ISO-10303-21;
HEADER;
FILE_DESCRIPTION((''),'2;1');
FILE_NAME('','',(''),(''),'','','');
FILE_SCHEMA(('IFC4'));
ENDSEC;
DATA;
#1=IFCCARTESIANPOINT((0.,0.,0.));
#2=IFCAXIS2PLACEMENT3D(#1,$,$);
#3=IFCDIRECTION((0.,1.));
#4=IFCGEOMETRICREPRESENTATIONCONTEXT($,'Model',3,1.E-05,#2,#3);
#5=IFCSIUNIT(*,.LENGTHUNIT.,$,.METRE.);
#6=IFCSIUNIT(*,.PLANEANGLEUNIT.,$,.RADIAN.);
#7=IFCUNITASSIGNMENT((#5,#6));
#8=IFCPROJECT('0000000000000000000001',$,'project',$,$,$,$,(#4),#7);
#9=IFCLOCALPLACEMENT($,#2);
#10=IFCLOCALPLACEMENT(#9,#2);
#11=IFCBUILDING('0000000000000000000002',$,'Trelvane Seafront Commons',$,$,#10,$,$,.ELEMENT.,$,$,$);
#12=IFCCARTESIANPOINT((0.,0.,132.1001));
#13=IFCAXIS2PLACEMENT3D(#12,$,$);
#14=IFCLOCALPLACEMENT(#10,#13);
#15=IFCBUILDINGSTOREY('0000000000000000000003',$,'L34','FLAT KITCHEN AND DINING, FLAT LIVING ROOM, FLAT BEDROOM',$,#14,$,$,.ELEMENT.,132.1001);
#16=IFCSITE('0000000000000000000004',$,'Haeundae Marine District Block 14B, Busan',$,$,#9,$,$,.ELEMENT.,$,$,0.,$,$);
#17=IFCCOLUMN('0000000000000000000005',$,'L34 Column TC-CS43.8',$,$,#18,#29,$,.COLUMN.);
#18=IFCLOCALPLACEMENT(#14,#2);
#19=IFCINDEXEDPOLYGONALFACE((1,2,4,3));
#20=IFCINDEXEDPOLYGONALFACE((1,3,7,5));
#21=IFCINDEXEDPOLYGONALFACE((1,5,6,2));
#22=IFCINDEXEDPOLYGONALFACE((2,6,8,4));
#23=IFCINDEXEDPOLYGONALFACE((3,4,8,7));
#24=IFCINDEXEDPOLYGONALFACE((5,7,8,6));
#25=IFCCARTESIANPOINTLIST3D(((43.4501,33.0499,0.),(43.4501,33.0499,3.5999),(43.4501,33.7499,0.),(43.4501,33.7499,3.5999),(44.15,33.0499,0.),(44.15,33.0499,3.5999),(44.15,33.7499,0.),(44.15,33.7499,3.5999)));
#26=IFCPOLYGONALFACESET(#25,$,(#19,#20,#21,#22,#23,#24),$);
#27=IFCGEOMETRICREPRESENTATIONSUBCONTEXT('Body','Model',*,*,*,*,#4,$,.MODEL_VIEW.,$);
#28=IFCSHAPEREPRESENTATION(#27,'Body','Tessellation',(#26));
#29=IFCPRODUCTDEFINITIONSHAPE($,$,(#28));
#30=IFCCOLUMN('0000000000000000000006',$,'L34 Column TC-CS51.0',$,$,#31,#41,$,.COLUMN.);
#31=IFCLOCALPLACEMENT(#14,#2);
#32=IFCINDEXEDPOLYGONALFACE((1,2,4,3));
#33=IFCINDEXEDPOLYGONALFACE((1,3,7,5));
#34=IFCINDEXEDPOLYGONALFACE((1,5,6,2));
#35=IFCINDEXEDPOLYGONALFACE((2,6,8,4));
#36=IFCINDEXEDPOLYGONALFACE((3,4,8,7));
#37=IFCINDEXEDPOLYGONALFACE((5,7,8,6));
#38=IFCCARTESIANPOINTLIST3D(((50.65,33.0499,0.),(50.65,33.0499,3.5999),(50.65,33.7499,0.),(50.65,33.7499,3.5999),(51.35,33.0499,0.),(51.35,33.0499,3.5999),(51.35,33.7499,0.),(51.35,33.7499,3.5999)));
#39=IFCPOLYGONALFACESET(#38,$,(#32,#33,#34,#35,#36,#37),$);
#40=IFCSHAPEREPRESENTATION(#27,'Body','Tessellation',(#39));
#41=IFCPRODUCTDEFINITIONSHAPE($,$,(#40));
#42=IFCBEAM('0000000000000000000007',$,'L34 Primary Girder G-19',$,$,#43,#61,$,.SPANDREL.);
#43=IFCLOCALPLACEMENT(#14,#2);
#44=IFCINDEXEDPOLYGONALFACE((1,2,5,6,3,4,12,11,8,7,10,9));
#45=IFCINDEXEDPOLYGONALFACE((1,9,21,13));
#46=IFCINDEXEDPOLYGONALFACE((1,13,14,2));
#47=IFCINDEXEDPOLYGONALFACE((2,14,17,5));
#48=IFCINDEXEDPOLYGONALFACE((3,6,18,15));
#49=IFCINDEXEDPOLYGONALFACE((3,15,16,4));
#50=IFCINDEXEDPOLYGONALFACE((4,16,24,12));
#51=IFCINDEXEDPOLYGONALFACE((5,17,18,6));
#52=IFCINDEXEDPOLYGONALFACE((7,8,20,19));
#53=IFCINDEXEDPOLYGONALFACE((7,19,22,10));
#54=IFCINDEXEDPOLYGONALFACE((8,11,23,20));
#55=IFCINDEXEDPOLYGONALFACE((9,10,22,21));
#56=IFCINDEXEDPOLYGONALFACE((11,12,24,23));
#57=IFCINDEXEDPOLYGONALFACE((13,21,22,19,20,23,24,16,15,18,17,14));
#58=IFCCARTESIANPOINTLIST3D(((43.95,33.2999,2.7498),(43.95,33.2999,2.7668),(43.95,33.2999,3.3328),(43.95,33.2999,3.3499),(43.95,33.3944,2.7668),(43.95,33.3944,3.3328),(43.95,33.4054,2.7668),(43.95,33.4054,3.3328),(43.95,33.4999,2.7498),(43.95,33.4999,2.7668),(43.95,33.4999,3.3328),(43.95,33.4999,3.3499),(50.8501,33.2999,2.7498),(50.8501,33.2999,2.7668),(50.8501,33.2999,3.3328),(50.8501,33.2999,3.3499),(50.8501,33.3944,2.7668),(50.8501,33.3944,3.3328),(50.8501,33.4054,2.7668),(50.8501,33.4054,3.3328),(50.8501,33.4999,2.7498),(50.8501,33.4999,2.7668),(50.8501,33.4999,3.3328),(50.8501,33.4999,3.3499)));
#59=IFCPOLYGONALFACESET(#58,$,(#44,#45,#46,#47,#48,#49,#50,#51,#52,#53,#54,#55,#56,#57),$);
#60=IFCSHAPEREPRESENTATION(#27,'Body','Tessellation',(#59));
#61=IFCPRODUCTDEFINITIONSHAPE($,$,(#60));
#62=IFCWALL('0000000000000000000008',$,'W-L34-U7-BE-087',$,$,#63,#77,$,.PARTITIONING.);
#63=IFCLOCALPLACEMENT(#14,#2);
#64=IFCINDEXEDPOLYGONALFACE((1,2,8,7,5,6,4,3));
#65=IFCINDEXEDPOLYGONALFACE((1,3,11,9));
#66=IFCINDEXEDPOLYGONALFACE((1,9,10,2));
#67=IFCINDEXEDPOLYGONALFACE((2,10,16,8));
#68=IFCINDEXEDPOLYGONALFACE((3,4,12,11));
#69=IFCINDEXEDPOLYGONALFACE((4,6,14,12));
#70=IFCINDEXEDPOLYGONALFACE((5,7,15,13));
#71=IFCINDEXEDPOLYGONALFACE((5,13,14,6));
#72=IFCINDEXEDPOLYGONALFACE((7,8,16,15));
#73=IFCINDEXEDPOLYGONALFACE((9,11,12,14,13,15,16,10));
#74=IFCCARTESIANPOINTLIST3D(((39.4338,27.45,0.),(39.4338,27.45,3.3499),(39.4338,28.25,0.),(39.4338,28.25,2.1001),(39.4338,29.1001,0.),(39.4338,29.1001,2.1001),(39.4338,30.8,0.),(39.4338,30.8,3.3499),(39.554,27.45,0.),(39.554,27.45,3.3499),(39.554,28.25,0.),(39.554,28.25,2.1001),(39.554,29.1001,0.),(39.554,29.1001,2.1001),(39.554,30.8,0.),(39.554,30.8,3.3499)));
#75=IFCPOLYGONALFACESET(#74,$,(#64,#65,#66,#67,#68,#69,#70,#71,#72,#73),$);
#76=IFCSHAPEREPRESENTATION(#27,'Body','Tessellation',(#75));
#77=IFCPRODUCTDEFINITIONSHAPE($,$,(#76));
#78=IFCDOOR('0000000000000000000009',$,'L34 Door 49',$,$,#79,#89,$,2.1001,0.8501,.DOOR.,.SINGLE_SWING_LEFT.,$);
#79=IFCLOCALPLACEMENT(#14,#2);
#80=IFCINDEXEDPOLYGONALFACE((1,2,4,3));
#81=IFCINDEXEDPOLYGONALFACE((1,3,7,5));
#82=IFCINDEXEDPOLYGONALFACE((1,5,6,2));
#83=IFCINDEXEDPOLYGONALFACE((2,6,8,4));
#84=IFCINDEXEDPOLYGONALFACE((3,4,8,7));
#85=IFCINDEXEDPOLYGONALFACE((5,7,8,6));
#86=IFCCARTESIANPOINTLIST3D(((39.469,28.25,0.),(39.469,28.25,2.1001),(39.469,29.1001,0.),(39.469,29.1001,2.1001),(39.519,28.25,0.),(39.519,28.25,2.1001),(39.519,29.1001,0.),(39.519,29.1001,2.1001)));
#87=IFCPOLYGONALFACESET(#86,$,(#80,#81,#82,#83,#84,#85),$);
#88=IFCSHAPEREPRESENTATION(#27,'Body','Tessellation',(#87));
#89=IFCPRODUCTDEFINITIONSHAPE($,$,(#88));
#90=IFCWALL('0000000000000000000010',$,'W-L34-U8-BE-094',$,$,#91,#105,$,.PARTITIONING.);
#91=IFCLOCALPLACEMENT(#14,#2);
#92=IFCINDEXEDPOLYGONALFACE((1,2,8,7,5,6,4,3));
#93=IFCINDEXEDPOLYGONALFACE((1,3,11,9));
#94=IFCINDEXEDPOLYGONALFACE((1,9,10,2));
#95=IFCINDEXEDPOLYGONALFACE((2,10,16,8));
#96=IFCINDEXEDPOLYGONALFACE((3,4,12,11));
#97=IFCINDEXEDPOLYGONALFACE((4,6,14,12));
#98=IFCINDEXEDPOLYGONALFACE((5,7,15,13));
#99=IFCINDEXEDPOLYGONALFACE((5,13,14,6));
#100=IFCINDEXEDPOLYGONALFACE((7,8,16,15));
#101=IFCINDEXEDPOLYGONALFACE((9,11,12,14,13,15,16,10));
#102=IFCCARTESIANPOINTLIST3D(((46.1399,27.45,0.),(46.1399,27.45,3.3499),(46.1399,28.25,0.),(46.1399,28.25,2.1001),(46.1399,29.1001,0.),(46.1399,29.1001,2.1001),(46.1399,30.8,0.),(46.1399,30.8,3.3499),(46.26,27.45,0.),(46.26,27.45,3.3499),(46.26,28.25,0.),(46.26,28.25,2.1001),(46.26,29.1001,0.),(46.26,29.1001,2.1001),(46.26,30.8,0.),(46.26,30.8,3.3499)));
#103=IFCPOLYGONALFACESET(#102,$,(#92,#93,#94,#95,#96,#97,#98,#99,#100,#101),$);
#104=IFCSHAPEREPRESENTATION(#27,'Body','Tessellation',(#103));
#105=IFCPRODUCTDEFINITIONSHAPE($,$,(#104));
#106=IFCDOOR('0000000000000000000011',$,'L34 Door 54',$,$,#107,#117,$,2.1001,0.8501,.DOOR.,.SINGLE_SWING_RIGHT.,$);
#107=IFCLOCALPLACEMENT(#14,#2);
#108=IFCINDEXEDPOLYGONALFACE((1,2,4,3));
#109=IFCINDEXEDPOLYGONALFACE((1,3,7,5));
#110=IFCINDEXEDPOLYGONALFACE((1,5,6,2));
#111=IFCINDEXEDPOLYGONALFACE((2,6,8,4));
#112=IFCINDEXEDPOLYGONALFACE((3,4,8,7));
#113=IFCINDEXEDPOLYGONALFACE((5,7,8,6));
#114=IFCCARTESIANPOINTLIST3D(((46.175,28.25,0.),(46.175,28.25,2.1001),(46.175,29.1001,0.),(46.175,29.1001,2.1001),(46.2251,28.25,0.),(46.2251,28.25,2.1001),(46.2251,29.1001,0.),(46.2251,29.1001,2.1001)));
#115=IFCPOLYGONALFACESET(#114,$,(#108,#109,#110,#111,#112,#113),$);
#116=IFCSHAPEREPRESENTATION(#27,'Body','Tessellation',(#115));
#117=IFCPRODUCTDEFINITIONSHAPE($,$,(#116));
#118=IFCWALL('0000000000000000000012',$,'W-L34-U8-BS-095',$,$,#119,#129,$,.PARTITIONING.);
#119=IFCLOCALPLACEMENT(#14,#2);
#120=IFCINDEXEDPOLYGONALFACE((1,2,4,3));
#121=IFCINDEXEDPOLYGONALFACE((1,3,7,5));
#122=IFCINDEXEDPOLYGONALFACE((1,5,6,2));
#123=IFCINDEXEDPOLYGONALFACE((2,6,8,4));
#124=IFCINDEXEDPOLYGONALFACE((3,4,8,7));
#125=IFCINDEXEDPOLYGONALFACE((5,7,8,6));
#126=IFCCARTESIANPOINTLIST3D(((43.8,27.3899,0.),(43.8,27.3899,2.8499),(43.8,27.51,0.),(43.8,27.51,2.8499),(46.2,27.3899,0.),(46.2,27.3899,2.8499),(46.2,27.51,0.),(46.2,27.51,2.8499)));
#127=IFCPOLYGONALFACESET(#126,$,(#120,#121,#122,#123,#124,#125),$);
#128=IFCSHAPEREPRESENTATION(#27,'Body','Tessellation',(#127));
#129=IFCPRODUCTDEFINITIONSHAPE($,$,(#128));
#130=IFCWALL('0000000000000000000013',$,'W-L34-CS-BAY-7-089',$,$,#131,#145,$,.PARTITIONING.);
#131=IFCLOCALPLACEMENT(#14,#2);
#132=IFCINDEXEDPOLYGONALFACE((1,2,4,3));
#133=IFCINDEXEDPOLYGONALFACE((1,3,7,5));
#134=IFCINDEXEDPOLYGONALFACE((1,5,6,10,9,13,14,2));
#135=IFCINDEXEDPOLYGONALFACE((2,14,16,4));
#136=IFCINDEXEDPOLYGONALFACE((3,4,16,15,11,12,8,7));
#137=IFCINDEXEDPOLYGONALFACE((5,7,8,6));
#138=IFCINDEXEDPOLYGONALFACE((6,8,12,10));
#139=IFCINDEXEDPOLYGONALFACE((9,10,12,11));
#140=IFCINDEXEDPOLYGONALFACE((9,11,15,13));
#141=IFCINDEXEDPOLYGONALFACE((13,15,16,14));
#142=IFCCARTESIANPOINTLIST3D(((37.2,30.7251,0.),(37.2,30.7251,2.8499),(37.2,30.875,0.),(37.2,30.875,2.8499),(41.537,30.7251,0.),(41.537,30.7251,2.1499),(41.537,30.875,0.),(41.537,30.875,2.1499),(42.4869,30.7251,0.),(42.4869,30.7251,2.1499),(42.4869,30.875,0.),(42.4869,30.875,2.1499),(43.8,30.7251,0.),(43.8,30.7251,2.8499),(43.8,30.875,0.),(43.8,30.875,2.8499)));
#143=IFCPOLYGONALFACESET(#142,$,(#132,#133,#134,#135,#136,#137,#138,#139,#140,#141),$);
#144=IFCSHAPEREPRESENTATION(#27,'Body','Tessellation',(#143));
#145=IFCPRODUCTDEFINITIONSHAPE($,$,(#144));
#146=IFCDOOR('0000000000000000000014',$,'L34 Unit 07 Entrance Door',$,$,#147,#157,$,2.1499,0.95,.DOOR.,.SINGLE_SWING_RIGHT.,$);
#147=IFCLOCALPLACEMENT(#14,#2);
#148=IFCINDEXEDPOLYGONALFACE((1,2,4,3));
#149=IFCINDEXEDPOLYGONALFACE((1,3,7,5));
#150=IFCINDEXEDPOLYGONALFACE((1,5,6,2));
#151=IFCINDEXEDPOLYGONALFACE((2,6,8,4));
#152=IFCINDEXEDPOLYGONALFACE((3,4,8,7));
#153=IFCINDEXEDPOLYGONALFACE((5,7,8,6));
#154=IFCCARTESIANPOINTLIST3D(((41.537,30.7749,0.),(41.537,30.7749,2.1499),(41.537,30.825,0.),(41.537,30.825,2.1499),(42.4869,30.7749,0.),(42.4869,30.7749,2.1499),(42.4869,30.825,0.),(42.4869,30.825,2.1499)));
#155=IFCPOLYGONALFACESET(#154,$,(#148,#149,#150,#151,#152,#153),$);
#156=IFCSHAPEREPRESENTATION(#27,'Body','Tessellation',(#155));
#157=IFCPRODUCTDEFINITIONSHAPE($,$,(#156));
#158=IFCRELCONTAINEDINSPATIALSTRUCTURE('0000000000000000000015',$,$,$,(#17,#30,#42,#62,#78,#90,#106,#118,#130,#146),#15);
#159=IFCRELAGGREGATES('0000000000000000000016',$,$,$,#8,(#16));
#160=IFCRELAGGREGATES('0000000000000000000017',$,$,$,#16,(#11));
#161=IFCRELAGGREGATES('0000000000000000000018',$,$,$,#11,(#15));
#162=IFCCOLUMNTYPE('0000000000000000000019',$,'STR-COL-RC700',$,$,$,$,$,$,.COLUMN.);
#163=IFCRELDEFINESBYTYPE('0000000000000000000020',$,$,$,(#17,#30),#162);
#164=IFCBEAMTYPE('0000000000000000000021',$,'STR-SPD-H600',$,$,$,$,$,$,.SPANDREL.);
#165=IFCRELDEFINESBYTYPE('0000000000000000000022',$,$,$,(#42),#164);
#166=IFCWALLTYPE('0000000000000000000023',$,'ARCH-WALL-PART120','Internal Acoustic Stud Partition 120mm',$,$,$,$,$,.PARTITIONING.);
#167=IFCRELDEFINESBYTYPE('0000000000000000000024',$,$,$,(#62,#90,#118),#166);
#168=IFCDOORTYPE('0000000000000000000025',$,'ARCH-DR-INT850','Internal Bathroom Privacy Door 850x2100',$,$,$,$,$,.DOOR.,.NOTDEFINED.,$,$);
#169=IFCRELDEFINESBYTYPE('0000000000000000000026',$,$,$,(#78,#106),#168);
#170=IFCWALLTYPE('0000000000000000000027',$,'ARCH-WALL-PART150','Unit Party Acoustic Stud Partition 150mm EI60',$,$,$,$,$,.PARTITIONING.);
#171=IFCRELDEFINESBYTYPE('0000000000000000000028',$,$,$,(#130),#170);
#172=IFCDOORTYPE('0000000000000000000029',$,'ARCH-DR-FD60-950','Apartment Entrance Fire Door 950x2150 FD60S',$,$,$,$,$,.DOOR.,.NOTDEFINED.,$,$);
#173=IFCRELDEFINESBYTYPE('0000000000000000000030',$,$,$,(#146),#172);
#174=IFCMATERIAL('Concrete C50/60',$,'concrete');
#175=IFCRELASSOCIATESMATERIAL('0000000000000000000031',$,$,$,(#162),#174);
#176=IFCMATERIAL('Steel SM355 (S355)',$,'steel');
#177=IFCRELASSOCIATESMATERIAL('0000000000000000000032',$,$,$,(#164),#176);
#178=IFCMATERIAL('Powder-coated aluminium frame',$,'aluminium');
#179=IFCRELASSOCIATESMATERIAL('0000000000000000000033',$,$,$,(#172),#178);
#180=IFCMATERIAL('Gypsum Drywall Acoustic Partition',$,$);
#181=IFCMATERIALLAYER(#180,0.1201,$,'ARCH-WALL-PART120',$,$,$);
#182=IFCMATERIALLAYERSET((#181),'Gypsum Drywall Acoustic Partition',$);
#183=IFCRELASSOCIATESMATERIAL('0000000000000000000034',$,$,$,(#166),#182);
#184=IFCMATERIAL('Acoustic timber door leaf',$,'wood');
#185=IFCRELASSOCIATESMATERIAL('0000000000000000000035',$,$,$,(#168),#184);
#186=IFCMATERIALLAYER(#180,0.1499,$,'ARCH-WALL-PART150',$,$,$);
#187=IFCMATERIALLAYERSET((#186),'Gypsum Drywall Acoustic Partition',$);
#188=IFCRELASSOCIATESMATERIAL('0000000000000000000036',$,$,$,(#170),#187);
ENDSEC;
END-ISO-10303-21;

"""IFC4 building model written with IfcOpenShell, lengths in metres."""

from ifc_helpers import new_model, si_unit, direction, frame, frame_2d, origin, origin_2d, place, context, subcontext, project, spatial, rectangle, i_section, extrude, source, transform, mapped, material, layer, layer_set, material_profile, profile_set, type_object, element, fill, save


model = new_model("IFC4")

# Units and contexts
model_context = context("Model", 3, precision=1e-05, world=origin(), true_north=direction((0.0, 1.0)))
body_context = subcontext(model_context, "Body", "Model", "MODEL_VIEW")
ifc_project = project(units=[si_unit("LENGTHUNIT", "METRE"), si_unit("PLANEANGLEUNIT", "RADIAN")], contexts=[model_context])

# Site, building, storey
site_placement = place(None, origin())
site = spatial("IfcSite", under=ifc_project, at=site_placement, Name="Haeundae Marine District Block 14B, Busan", CompositionType="ELEMENT", RefElevation=0.0)
building_placement = place(site_placement, origin())
building = spatial("IfcBuilding", under=site, at=building_placement, Name="Trelvane Seafront Commons", CompositionType="ELEMENT")
storey_placement = place(building_placement, frame((0.0, 0.0, 132.1001)))
storey = spatial("IfcBuildingStorey", under=building, at=storey_placement, Name="L34", Description="FLAT KITCHEN AND DINING, FLAT LIVING ROOM, FLAT BEDROOM", CompositionType="ELEMENT", Elevation=132.1001)

# Columns
ifc_material_1 = material(Name="Concrete C50/60", Category="concrete")
ifc_material_profile_1 = material_profile(ifc_material_1, rectangle(XDim=0.7, YDim=0.7, at=origin_2d()), Name="RC-700x700")
ifc_profile_set_1 = profile_set([ifc_material_profile_1], Name="Concrete C50/60")
column_type = type_object("IfcColumnType", Name="STR-COL-RC700", PredefinedType="COLUMN", material=ifc_profile_set_1)
shared_shape_1 = source(origin(), body_context, "Body", "SweptSolid", [
    extrude(rectangle(XDim=0.7, YDim=0.7, at=origin_2d()), origin(), (0.0, 0.0, 1.0), 3.5999),
])
for number, where, z_axis, x_axis, name in (
    (1, (43.8, 33.3999, 0.0), (0.0, 0.0, 1.0), (1.0, 0.0, 0.0), "L34 Column TC-CS43.8"),
    (2, (51.0, 33.3999, 0.0), (0.0, 0.0, 1.0), (1.0, 0.0, 0.0), "L34 Column TC-CS51.0"),
):
    element("IfcColumn", number, at=place(storey_placement, frame(where, z_axis=z_axis, x_axis=x_axis)), inside=storey, type_object=column_type, Name=name, PredefinedType="COLUMN", context=body_context, shape_type="MappedRepresentation", body=[
        mapped(shared_shape_1, transform((0.0, 0.0, 0.0), x_axis=(1.0, 0.0, 0.0), y_axis=(0.0, 1.0, 0.0), z_axis=(0.0, 0.0, 1.0), scale=1.0)),
    ])

# Beam
ifc_material_2 = material(Name="Steel SM355 (S355)", Category="steel")
ifc_material_profile_2 = material_profile(ifc_material_2, i_section(OverallWidth=0.2, OverallDepth=0.6001, WebThickness=0.011, FlangeThickness=0.0171, at=origin_2d()), Name="H-600x200x11x17")
ifc_profile_set_2 = profile_set([ifc_material_profile_2], Name="Steel SM355 (S355)")
beam_type = type_object("IfcBeamType", Name="STR-SPD-H600", PredefinedType="SPANDREL", material=ifc_profile_set_2)
shared_shape_2 = source(origin(), body_context, "Body", "SweptSolid", [
    extrude(i_section(OverallWidth=0.2, OverallDepth=0.6001, WebThickness=0.011, FlangeThickness=0.0171, at=origin_2d()), origin(), (0.0, 0.0, 1.0), 6.9001),
])
beam_placement = place(storey_placement, frame((43.95, 33.3999, 3.0498), z_axis=(1.0, 0.0, 0.0), x_axis=(0.0, 1.0, 0.0)))
element("IfcBeam", 3, at=beam_placement, inside=storey, type_object=beam_type, Name="L34 Primary Girder G-19", PredefinedType="SPANDREL", context=body_context, shape_type="MappedRepresentation", body=[
    mapped(shared_shape_2, transform((0.0, 0.0, 0.0), x_axis=(1.0, 0.0, 0.0), y_axis=(0.0, 1.0, 0.0), z_axis=(0.0, 0.0, 1.0), scale=1.0)),
])

# Shared definitions
ifc_material_3 = material(Name="Powder-coated aluminium frame", Category="aluminium")
door_type_1 = type_object("IfcDoorType", Name="ARCH-DR-FD60-950", Description="Apartment Entrance Fire Door 950x2150 FD60S", OperationType="NOTDEFINED", PredefinedType="DOOR", material=ifc_material_3)
shared_shape_3 = source(origin(), body_context, "Body", "SweptSolid", [
    extrude(rectangle(XDim=0.95, YDim=2.1499, at=frame_2d((0.4751, 1.075))), frame((0.0, 0.0249, 0.0), z_axis=(0.0, -1.0, 0.0), x_axis=(1.0, 0.0, 0.0)), (0.0, 0.0, 1.0), 0.05),
])
ifc_material_4 = material(Name="Gypsum Drywall Acoustic Partition")
ifc_layer_1 = layer(ifc_material_4, 0.1201, Name="ARCH-WALL-PART120")
ifc_layer_set_1 = layer_set([ifc_layer_1], Name="Gypsum Drywall Acoustic Partition")
wall_type_1 = type_object("IfcWallType", Name="ARCH-WALL-PART120", Description="Internal Acoustic Stud Partition 120mm", PredefinedType="PARTITIONING", material=ifc_layer_set_1)
ifc_material_5 = material(Name="Acoustic timber door leaf", Category="wood")

# Walls, openings, doors
wall_1_placement = place(storey_placement, frame((39.4939, 27.45, 0.0), z_axis=(0.0, 0.0, 1.0), x_axis=(0.0, 1.0, 0.0)))
wall_1 = element("IfcWall", 4, at=wall_1_placement, inside=storey, type_object=wall_type_1, Name="W-L34-U7-BE-087", PredefinedType="PARTITIONING", context=body_context, shape_type="SweptSolid", body=[
    extrude(rectangle(XDim=3.3501, YDim=0.1201, at=frame_2d((1.675, 0.0))), origin(), (0.0, 0.0, 1.0), 3.3499),
])
opening_1_placement = place(wall_1_placement, frame((0.8, 0.0, 0.0)))
opening_1 = element("IfcOpeningElement", 5, at=opening_1_placement, cuts=wall_1, PredefinedType="OPENING", context=body_context, shape_type="SweptSolid", body=[
    extrude(rectangle(XDim=0.8501, YDim=2.1001, at=frame_2d((0.425, 1.05))), frame((0.0, 0.0701, 0.0), z_axis=(0.0, -1.0, 0.0), x_axis=(1.0, 0.0, 0.0)), (0.0, 0.0, 1.0), 0.1401),
])
door_type_2 = type_object("IfcDoorType", Name="ARCH-DR-INT850", Description="Internal Bathroom Privacy Door 850x2100", OperationType="NOTDEFINED", PredefinedType="DOOR", material=ifc_material_5)
shared_shape_4 = source(origin(), body_context, "Body", "SweptSolid", [
    extrude(rectangle(XDim=0.8501, YDim=2.1001, at=frame_2d((0.425, 1.05))), frame((0.0, 0.0249, 0.0), z_axis=(0.0, -1.0, 0.0), x_axis=(1.0, 0.0, 0.0)), (0.0, 0.0, 1.0), 0.05),
])
door_1_placement = place(opening_1_placement, origin())
door_1 = element("IfcDoor", 6, at=door_1_placement, inside=storey, type_object=door_type_2, Name="L34 Door 49", OperationType="SINGLE_SWING_LEFT", OverallHeight=2.1001, OverallWidth=0.8501, PredefinedType="DOOR", context=body_context, shape_type="MappedRepresentation", body=[
    mapped(shared_shape_4, transform((0.0, 0.0, 0.0), x_axis=(1.0, 0.0, 0.0), y_axis=(0.0, 1.0, 0.0), z_axis=(0.0, 0.0, 1.0), scale=1.0)),
])
fill(opening_1, door_1)
wall_2_placement = place(storey_placement, frame((46.2, 27.45, 0.0), z_axis=(0.0, 0.0, 1.0), x_axis=(0.0, 1.0, 0.0)))
wall_2 = element("IfcWall", 7, at=wall_2_placement, inside=storey, type_object=wall_type_1, Name="W-L34-U8-BE-094", PredefinedType="PARTITIONING", context=body_context, shape_type="SweptSolid", body=[
    extrude(rectangle(XDim=3.3501, YDim=0.1201, at=frame_2d((1.675, 0.0))), origin(), (0.0, 0.0, 1.0), 3.3499),
])
opening_2_placement = place(wall_2_placement, frame((0.8, 0.0, 0.0)))
opening_2 = element("IfcOpeningElement", 8, at=opening_2_placement, cuts=wall_2, PredefinedType="OPENING", context=body_context, shape_type="SweptSolid", body=[
    extrude(rectangle(XDim=0.8501, YDim=2.1001, at=frame_2d((0.425, 1.05))), frame((0.0, 0.0701, 0.0), z_axis=(0.0, -1.0, 0.0), x_axis=(1.0, 0.0, 0.0)), (0.0, 0.0, 1.0), 0.1401),
])
door_2_placement = place(opening_2_placement, origin())
door_2 = element("IfcDoor", 9, at=door_2_placement, inside=storey, type_object=door_type_2, Name="L34 Door 54", OperationType="SINGLE_SWING_RIGHT", OverallHeight=2.1001, OverallWidth=0.8501, PredefinedType="DOOR", context=body_context, shape_type="MappedRepresentation", body=[
    mapped(shared_shape_4, transform((0.0, 0.0, 0.0), x_axis=(1.0, 0.0, 0.0), y_axis=(0.0, 1.0, 0.0), z_axis=(0.0, 0.0, 1.0), scale=1.0)),
])
fill(opening_2, door_2)

# Wall
wall_3_placement = place(storey_placement, frame((43.8, 27.45, 0.0), z_axis=(0.0, 0.0, 1.0), x_axis=(1.0, 0.0, 0.0)))
element("IfcWall", 10, at=wall_3_placement, inside=storey, type_object=wall_type_1, Name="W-L34-U8-BS-095", PredefinedType="PARTITIONING", context=body_context, shape_type="SweptSolid", body=[
    extrude(rectangle(XDim=2.3999, YDim=0.1201, at=frame_2d((1.2, 0.0))), origin(), (0.0, 0.0, 1.0), 2.8499),
])

# Wall, opening, door
ifc_layer_2 = layer(ifc_material_4, 0.1499, Name="ARCH-WALL-PART150")
ifc_layer_set_2 = layer_set([ifc_layer_2], Name="Gypsum Drywall Acoustic Partition")
wall_type_2 = type_object("IfcWallType", Name="ARCH-WALL-PART150", Description="Unit Party Acoustic Stud Partition 150mm EI60", PredefinedType="PARTITIONING", material=ifc_layer_set_2)
wall_4_placement = place(storey_placement, frame((37.2, 30.8, 0.0), z_axis=(0.0, 0.0, 1.0), x_axis=(1.0, 0.0, 0.0)))
wall_4 = element("IfcWall", 11, at=wall_4_placement, inside=storey, type_object=wall_type_2, Name="W-L34-CS-BAY-7-089", PredefinedType="PARTITIONING", context=body_context, shape_type="SweptSolid", body=[
    extrude(rectangle(XDim=6.6001, YDim=0.1499, at=frame_2d((3.3, 0.0))), origin(), (0.0, 0.0, 1.0), 2.8499),
])
opening_3_placement = place(wall_4_placement, frame((4.3369, 0.0, 0.0)))
opening_3 = element("IfcOpeningElement", 12, at=opening_3_placement, cuts=wall_4, PredefinedType="OPENING", context=body_context, shape_type="SweptSolid", body=[
    extrude(rectangle(XDim=0.95, YDim=2.1499, at=frame_2d((0.4751, 1.075))), frame((0.0, 0.085, 0.0), z_axis=(0.0, -1.0, 0.0), x_axis=(1.0, 0.0, 0.0)), (0.0, 0.0, 1.0), 0.1699),
])
door_3_placement = place(opening_3_placement, origin())
door_3 = element("IfcDoor", 13, at=door_3_placement, inside=storey, type_object=door_type_1, Name="L34 Unit 07 Entrance Door", OperationType="SINGLE_SWING_RIGHT", OverallHeight=2.1499, OverallWidth=0.95, PredefinedType="DOOR", context=body_context, shape_type="MappedRepresentation", body=[
    mapped(shared_shape_3, transform((0.0, 0.0, 0.0), x_axis=(1.0, 0.0, 0.0), y_axis=(0.0, 1.0, 0.0), z_axis=(0.0, 0.0, 1.0), scale=1.0)),
])
fill(opening_3, door_3)

save(model, "model.ifc")
